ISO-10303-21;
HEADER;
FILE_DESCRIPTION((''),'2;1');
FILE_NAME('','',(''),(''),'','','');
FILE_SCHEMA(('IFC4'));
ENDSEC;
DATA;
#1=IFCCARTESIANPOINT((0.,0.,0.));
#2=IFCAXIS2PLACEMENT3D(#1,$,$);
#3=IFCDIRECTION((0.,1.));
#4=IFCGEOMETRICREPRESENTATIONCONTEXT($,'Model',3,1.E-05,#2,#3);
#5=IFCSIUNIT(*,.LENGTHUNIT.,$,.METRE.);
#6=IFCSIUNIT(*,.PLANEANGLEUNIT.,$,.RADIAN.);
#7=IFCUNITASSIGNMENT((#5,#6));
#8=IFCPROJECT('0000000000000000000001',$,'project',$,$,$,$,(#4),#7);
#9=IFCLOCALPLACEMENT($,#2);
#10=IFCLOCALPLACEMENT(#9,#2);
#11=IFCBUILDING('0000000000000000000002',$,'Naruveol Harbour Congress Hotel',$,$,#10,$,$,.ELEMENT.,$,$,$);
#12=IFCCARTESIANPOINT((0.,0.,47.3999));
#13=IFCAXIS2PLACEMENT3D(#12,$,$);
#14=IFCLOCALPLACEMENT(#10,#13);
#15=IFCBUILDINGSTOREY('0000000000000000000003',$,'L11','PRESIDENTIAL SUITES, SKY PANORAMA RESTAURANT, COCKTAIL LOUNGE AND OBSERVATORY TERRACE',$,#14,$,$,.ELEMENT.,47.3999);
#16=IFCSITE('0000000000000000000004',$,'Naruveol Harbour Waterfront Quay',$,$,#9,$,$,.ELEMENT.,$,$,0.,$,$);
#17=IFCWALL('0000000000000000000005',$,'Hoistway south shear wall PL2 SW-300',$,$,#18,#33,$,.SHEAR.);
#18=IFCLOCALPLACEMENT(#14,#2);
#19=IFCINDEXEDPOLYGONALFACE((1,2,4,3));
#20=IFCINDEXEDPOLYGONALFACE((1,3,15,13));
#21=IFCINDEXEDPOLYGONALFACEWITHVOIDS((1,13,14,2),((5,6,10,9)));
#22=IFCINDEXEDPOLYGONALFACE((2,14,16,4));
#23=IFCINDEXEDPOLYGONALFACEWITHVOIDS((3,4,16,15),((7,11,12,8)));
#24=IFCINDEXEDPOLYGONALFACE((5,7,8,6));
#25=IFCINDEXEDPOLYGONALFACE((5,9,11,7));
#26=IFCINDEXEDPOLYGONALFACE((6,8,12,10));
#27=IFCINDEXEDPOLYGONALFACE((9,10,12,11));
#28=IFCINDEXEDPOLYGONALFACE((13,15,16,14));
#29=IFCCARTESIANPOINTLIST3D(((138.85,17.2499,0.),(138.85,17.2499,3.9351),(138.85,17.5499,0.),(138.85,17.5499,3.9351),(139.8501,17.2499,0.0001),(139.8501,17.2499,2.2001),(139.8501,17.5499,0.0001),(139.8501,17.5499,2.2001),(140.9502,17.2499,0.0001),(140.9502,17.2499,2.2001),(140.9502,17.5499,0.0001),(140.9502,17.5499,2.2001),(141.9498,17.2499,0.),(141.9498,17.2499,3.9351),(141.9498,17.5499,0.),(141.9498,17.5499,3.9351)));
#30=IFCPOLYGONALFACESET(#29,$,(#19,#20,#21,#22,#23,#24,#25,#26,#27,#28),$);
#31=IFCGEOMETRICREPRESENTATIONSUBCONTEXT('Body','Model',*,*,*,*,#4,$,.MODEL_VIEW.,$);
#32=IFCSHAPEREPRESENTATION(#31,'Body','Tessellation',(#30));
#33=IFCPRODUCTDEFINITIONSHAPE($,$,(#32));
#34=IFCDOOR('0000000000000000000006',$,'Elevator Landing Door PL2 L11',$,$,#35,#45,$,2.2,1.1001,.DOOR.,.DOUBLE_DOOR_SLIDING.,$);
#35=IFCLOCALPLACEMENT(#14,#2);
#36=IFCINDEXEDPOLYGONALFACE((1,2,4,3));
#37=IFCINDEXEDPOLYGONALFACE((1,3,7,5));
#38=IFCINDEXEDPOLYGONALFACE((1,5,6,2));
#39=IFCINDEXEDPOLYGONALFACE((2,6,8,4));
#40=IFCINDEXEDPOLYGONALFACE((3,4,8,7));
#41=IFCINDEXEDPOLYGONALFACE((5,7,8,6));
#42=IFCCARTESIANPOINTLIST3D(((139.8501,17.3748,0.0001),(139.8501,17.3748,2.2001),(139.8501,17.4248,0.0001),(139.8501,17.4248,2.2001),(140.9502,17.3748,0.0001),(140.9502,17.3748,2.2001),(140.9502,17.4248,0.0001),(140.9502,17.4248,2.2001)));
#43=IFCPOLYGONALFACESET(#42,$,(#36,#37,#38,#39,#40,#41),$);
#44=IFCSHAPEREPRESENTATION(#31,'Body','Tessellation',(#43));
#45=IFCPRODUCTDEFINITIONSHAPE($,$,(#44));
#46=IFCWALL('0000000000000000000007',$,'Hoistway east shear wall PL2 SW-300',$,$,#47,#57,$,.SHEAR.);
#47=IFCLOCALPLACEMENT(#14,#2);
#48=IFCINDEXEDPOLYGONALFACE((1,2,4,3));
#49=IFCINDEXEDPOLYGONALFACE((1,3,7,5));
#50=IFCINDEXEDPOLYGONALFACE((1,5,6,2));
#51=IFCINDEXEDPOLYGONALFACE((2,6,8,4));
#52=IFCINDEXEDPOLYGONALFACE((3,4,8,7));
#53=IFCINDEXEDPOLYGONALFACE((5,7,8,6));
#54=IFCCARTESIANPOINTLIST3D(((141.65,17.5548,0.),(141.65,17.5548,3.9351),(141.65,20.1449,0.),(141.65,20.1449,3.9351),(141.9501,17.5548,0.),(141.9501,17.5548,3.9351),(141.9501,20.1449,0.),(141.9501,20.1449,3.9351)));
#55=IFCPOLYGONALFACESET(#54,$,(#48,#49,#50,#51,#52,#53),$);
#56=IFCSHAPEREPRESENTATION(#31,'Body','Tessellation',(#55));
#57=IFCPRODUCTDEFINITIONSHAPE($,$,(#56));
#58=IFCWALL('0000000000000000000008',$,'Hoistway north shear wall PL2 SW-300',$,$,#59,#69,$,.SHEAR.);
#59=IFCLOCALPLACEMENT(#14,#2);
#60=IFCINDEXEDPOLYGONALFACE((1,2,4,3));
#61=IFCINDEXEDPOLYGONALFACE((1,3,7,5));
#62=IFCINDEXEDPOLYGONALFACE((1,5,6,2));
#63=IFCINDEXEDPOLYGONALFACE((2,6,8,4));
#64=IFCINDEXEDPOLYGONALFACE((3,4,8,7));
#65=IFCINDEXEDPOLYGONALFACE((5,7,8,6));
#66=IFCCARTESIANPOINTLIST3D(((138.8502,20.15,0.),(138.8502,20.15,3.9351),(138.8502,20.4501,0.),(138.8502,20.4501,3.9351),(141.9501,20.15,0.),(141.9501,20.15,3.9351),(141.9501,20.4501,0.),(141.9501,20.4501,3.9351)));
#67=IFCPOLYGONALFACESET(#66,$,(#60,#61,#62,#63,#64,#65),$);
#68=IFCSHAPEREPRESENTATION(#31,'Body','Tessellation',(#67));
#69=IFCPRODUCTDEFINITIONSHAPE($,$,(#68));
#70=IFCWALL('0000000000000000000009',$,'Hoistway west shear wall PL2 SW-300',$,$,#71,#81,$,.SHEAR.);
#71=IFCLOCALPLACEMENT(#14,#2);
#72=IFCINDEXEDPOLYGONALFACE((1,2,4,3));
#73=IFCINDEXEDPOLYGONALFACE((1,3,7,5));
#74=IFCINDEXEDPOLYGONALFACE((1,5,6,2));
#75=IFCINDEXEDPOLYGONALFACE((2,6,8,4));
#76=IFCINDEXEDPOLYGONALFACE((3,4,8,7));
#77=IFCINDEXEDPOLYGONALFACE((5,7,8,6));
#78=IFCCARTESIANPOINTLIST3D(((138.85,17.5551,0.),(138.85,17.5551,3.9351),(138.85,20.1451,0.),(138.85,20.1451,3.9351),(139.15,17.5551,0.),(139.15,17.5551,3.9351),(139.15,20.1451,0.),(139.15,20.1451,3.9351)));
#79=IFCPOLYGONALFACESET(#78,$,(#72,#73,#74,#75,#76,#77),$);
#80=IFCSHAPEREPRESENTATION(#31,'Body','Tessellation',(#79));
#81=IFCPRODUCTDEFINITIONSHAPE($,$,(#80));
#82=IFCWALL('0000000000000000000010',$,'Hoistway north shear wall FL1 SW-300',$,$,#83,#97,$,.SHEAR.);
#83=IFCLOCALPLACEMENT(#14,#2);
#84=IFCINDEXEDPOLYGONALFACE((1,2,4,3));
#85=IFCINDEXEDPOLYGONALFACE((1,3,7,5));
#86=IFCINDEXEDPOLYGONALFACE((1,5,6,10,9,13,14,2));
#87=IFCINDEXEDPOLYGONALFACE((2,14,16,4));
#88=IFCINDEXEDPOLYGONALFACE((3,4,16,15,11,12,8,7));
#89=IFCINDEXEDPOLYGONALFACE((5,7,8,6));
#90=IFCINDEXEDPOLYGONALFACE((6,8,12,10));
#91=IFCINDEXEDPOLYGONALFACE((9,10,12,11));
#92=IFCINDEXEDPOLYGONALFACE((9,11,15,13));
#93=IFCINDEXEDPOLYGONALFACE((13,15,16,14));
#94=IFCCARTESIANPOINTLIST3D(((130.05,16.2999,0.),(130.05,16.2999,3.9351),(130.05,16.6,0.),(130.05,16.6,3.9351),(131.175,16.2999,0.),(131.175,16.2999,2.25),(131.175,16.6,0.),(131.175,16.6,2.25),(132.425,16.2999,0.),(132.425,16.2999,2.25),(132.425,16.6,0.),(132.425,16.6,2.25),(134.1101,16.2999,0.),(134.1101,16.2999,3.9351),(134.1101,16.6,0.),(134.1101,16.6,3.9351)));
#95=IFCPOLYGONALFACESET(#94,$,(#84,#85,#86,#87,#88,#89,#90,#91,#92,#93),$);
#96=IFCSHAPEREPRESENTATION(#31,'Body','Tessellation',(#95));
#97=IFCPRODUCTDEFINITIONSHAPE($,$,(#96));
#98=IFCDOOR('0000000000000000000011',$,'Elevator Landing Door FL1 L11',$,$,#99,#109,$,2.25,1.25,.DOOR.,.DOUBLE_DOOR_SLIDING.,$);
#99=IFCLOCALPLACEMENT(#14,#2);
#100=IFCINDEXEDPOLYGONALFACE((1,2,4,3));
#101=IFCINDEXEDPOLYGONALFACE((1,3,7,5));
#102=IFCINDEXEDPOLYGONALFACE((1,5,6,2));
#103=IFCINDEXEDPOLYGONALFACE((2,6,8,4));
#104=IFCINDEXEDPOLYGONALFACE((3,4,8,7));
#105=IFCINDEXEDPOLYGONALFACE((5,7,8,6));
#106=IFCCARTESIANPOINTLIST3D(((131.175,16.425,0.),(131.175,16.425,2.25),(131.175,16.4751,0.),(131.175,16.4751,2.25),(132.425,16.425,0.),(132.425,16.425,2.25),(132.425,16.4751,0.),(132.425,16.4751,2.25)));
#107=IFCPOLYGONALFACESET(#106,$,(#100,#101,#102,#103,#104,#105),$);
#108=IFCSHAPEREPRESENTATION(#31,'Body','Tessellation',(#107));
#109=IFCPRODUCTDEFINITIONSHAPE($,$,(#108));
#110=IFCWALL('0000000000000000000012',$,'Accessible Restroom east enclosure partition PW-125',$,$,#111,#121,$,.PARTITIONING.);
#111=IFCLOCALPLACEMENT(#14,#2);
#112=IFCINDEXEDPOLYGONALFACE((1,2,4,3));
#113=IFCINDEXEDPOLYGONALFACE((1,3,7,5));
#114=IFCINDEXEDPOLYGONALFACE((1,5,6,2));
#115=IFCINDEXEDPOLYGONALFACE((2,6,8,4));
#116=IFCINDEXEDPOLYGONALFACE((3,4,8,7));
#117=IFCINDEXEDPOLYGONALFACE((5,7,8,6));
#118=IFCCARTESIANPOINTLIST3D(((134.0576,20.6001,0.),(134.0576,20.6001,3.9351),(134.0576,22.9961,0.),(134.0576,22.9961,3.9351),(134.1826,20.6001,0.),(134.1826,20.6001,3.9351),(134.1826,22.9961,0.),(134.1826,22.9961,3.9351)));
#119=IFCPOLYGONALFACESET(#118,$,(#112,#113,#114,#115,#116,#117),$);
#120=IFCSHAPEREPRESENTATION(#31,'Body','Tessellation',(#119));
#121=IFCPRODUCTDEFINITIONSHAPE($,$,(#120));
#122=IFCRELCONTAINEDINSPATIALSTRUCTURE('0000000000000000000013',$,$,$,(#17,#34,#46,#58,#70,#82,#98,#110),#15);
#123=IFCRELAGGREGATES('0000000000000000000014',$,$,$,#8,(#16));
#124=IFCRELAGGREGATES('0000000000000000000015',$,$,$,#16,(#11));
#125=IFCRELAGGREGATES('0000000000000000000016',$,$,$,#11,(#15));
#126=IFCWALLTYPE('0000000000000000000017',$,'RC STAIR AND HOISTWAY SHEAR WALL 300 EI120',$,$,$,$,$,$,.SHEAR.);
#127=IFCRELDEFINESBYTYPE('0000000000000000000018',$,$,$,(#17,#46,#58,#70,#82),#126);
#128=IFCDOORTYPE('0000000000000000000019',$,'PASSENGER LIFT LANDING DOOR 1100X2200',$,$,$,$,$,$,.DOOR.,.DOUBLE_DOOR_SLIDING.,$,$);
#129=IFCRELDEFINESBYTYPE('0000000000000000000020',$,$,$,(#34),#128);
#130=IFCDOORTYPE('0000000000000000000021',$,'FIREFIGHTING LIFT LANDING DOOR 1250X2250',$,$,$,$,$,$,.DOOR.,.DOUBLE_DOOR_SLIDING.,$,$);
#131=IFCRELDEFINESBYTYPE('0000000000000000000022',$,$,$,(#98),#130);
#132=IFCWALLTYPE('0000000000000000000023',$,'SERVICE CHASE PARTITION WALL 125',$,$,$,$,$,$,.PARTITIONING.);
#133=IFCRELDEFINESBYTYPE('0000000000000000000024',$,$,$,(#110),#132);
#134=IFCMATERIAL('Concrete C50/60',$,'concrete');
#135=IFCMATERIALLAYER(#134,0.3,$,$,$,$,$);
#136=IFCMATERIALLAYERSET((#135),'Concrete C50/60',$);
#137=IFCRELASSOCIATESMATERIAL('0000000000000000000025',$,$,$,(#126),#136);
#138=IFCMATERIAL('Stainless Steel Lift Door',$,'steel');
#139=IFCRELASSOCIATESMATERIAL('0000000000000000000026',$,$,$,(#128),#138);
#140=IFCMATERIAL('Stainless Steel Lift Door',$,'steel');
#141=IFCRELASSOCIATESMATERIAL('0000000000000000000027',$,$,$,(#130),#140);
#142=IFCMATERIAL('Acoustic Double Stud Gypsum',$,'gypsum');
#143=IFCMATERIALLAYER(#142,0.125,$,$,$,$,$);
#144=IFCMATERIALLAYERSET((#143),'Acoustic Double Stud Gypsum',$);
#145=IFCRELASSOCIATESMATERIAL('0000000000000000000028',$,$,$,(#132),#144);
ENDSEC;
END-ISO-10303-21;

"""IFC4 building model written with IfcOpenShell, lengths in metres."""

from ifc_helpers import new_model, si_unit, direction, frame, frame_2d, origin, place, context, subcontext, project, spatial, rectangle, extrude, material, layer, layer_set, type_object, element, fill, save


model = new_model("IFC4")

# Units and contexts
model_context = context("Model", 3, precision=1e-05, world=origin(), true_north=direction((0.0, 1.0)))
body_context = subcontext(model_context, "Body", "Model", "MODEL_VIEW")
ifc_project = project(units=[si_unit("LENGTHUNIT", "METRE"), si_unit("PLANEANGLEUNIT", "RADIAN")], contexts=[model_context])

# Site, building, storey
site_placement = place(None, origin())
site = spatial("IfcSite", under=ifc_project, at=site_placement, Name="Naruveol Harbour Waterfront Quay", CompositionType="ELEMENT", RefElevation=0.0)
building_placement = place(site_placement, origin())
building = spatial("IfcBuilding", under=site, at=building_placement, Name="Naruveol Harbour Congress Hotel", CompositionType="ELEMENT")
storey_placement = place(building_placement, frame((0.0, 0.0, 47.3999)))
storey = spatial("IfcBuildingStorey", under=building, at=storey_placement, Name="L11", Description="PRESIDENTIAL SUITES, SKY PANORAMA RESTAURANT, COCKTAIL LOUNGE AND OBSERVATORY TERRACE", CompositionType="ELEMENT", Elevation=47.3999)

# Shared definitions
ifc_material_1 = material(Name="Concrete C50/60", Category="concrete")
ifc_layer_1 = layer(ifc_material_1, 0.3)
ifc_layer_set_1 = layer_set([ifc_layer_1], Name="Concrete C50/60")
wall_type_1 = type_object("IfcWallType", Name="RC STAIR AND HOISTWAY SHEAR WALL 300 EI120", PredefinedType="SHEAR", material=ifc_layer_set_1)
ifc_material_2 = material(Name="Stainless Steel Lift Door", Category="steel")
door_type_1 = type_object("IfcDoorType", Name="PASSENGER LIFT LANDING DOOR 1100X2200", OperationType="DOUBLE_DOOR_SLIDING", PredefinedType="DOOR", material=ifc_material_2)

# Wall, opening, door
wall_1_placement = place(storey_placement, frame((138.8501, 17.3999, 0.0), z_axis=(0.0, 0.0, 1.0), x_axis=(1.0, 0.0, 0.0)))
wall_1 = element("IfcWall", 1, at=wall_1_placement, inside=storey, type_object=wall_type_1, Name="Hoistway south shear wall PL2 SW-300", PredefinedType="SHEAR", context=body_context, shape_type="SweptSolid", body=[
    extrude(rectangle(XDim=3.0999, YDim=0.3, at=frame_2d((1.5498, 0.0))), origin(), (0.0, 0.0, 1.0), 3.9351),
])
opening_1_placement = place(wall_1_placement, frame((1.0, 0.0, 0.0)))
opening_1 = element("IfcOpeningElement", 2, at=opening_1_placement, cuts=wall_1, PredefinedType="OPENING", context=body_context, shape_type="SweptSolid", body=[
    extrude(rectangle(XDim=1.1001, YDim=2.2, at=frame_2d((0.55, 1.1001))), frame((0.0, 0.1599, 0.0), z_axis=(0.0, -1.0, 0.0), x_axis=(1.0, 0.0, 0.0)), (0.0, 0.0, 1.0), 0.3201),
])
door_1_placement = place(opening_1_placement, origin())
door_1 = element("IfcDoor", 3, at=door_1_placement, inside=storey, type_object=door_type_1, Name="Elevator Landing Door PL2 L11", OperationType="DOUBLE_DOOR_SLIDING", OverallHeight=2.2, OverallWidth=1.1001, PredefinedType="DOOR", context=body_context, shape_type="SweptSolid", body=[
    extrude(rectangle(XDim=1.1001, YDim=2.2, at=frame_2d((0.55, 1.1001))), frame((0.0, 0.0249, 0.0), z_axis=(0.0, -1.0, 0.0), x_axis=(1.0, 0.0, 0.0)), (0.0, 0.0, 1.0), 0.05),
])
fill(opening_1, door_1)

# Walls
wall_2_placement = place(storey_placement, frame((141.8, 17.5549, 0.0), z_axis=(0.0, 0.0, 1.0), x_axis=(0.0, 1.0, 0.0)))
element("IfcWall", 4, at=wall_2_placement, inside=storey, type_object=wall_type_1, Name="Hoistway east shear wall PL2 SW-300", PredefinedType="SHEAR", context=body_context, shape_type="SweptSolid", body=[
    extrude(rectangle(XDim=2.5901, YDim=0.3, at=frame_2d((1.2949, 0.0))), origin(), (0.0, 0.0, 1.0), 3.9351),
])
wall_3_placement = place(storey_placement, frame((141.95, 20.3, 0.0), z_axis=(0.0, 0.0, 1.0), x_axis=(-1.0, 0.0, 0.0)))
element("IfcWall", 5, at=wall_3_placement, inside=storey, type_object=wall_type_1, Name="Hoistway north shear wall PL2 SW-300", PredefinedType="SHEAR", context=body_context, shape_type="SweptSolid", body=[
    extrude(rectangle(XDim=3.0999, YDim=0.3, at=frame_2d((1.5498, 0.0))), origin(), (0.0, 0.0, 1.0), 3.9351),
])
wall_4_placement = place(storey_placement, frame((139.0, 20.145, 0.0), z_axis=(0.0, 0.0, 1.0), x_axis=(0.0, -1.0, 0.0)))
element("IfcWall", 6, at=wall_4_placement, inside=storey, type_object=wall_type_1, Name="Hoistway west shear wall PL2 SW-300", PredefinedType="SHEAR", context=body_context, shape_type="SweptSolid", body=[
    extrude(rectangle(XDim=2.5901, YDim=0.3, at=frame_2d((1.2949, 0.0))), origin(), (0.0, 0.0, 1.0), 3.9351),
])

# Wall, opening, door
wall_5_placement = place(storey_placement, frame((134.1101, 16.45, 0.0), z_axis=(0.0, 0.0, 1.0), x_axis=(-1.0, 0.0, 0.0)))
wall_5 = element("IfcWall", 7, at=wall_5_placement, inside=storey, type_object=wall_type_1, Name="Hoistway north shear wall FL1 SW-300", PredefinedType="SHEAR", context=body_context, shape_type="SweptSolid", body=[
    extrude(rectangle(XDim=4.0601, YDim=0.3, at=frame_2d((2.03, 0.0))), origin(), (0.0, 0.0, 1.0), 3.9351),
])
opening_2_placement = place(wall_5_placement, frame((1.6851, 0.0, 0.0)))
opening_2 = element("IfcOpeningElement", 8, at=opening_2_placement, cuts=wall_5, PredefinedType="OPENING", context=body_context, shape_type="SweptSolid", body=[
    extrude(rectangle(XDim=1.25, YDim=2.25, at=frame_2d((0.625, 1.125))), frame((0.0, 0.1599, 0.0), z_axis=(0.0, -1.0, 0.0), x_axis=(1.0, 0.0, 0.0)), (0.0, 0.0, 1.0), 0.3201),
])
ifc_material_3 = material(Name="Stainless Steel Lift Door", Category="steel")
door_type_2 = type_object("IfcDoorType", Name="FIREFIGHTING LIFT LANDING DOOR 1250X2250", OperationType="DOUBLE_DOOR_SLIDING", PredefinedType="DOOR", material=ifc_material_3)
door_2_placement = place(opening_2_placement, origin())
door_2 = element("IfcDoor", 9, at=door_2_placement, inside=storey, type_object=door_type_2, Name="Elevator Landing Door FL1 L11", OperationType="DOUBLE_DOOR_SLIDING", OverallHeight=2.25, OverallWidth=1.25, PredefinedType="DOOR", context=body_context, shape_type="SweptSolid", body=[
    extrude(rectangle(XDim=1.25, YDim=2.25, at=frame_2d((0.625, 1.125))), frame((0.0, 0.0249, 0.0), z_axis=(0.0, -1.0, 0.0), x_axis=(1.0, 0.0, 0.0)), (0.0, 0.0, 1.0), 0.05),
])
fill(opening_2, door_2)

# Wall
ifc_material_4 = material(Name="Acoustic Double Stud Gypsum", Category="gypsum")
ifc_layer_2 = layer(ifc_material_4, 0.125)
ifc_layer_set_2 = layer_set([ifc_layer_2], Name="Acoustic Double Stud Gypsum")
wall_type_2 = type_object("IfcWallType", Name="SERVICE CHASE PARTITION WALL 125", PredefinedType="PARTITIONING", material=ifc_layer_set_2)
wall_6_placement = place(storey_placement, frame((134.1201, 20.6001, 0.0), z_axis=(0.0, 0.0, 1.0), x_axis=(0.0, 1.0, 0.0)))
element("IfcWall", 10, at=wall_6_placement, inside=storey, type_object=wall_type_2, Name="Accessible Restroom east enclosure partition PW-125", PredefinedType="PARTITIONING", context=body_context, shape_type="SweptSolid", body=[
    extrude(rectangle(XDim=2.396, YDim=0.125, at=frame_2d((1.198, 0.0))), origin(), (0.0, 0.0, 1.0), 3.9351),
])

save(model, "model.ifc")
